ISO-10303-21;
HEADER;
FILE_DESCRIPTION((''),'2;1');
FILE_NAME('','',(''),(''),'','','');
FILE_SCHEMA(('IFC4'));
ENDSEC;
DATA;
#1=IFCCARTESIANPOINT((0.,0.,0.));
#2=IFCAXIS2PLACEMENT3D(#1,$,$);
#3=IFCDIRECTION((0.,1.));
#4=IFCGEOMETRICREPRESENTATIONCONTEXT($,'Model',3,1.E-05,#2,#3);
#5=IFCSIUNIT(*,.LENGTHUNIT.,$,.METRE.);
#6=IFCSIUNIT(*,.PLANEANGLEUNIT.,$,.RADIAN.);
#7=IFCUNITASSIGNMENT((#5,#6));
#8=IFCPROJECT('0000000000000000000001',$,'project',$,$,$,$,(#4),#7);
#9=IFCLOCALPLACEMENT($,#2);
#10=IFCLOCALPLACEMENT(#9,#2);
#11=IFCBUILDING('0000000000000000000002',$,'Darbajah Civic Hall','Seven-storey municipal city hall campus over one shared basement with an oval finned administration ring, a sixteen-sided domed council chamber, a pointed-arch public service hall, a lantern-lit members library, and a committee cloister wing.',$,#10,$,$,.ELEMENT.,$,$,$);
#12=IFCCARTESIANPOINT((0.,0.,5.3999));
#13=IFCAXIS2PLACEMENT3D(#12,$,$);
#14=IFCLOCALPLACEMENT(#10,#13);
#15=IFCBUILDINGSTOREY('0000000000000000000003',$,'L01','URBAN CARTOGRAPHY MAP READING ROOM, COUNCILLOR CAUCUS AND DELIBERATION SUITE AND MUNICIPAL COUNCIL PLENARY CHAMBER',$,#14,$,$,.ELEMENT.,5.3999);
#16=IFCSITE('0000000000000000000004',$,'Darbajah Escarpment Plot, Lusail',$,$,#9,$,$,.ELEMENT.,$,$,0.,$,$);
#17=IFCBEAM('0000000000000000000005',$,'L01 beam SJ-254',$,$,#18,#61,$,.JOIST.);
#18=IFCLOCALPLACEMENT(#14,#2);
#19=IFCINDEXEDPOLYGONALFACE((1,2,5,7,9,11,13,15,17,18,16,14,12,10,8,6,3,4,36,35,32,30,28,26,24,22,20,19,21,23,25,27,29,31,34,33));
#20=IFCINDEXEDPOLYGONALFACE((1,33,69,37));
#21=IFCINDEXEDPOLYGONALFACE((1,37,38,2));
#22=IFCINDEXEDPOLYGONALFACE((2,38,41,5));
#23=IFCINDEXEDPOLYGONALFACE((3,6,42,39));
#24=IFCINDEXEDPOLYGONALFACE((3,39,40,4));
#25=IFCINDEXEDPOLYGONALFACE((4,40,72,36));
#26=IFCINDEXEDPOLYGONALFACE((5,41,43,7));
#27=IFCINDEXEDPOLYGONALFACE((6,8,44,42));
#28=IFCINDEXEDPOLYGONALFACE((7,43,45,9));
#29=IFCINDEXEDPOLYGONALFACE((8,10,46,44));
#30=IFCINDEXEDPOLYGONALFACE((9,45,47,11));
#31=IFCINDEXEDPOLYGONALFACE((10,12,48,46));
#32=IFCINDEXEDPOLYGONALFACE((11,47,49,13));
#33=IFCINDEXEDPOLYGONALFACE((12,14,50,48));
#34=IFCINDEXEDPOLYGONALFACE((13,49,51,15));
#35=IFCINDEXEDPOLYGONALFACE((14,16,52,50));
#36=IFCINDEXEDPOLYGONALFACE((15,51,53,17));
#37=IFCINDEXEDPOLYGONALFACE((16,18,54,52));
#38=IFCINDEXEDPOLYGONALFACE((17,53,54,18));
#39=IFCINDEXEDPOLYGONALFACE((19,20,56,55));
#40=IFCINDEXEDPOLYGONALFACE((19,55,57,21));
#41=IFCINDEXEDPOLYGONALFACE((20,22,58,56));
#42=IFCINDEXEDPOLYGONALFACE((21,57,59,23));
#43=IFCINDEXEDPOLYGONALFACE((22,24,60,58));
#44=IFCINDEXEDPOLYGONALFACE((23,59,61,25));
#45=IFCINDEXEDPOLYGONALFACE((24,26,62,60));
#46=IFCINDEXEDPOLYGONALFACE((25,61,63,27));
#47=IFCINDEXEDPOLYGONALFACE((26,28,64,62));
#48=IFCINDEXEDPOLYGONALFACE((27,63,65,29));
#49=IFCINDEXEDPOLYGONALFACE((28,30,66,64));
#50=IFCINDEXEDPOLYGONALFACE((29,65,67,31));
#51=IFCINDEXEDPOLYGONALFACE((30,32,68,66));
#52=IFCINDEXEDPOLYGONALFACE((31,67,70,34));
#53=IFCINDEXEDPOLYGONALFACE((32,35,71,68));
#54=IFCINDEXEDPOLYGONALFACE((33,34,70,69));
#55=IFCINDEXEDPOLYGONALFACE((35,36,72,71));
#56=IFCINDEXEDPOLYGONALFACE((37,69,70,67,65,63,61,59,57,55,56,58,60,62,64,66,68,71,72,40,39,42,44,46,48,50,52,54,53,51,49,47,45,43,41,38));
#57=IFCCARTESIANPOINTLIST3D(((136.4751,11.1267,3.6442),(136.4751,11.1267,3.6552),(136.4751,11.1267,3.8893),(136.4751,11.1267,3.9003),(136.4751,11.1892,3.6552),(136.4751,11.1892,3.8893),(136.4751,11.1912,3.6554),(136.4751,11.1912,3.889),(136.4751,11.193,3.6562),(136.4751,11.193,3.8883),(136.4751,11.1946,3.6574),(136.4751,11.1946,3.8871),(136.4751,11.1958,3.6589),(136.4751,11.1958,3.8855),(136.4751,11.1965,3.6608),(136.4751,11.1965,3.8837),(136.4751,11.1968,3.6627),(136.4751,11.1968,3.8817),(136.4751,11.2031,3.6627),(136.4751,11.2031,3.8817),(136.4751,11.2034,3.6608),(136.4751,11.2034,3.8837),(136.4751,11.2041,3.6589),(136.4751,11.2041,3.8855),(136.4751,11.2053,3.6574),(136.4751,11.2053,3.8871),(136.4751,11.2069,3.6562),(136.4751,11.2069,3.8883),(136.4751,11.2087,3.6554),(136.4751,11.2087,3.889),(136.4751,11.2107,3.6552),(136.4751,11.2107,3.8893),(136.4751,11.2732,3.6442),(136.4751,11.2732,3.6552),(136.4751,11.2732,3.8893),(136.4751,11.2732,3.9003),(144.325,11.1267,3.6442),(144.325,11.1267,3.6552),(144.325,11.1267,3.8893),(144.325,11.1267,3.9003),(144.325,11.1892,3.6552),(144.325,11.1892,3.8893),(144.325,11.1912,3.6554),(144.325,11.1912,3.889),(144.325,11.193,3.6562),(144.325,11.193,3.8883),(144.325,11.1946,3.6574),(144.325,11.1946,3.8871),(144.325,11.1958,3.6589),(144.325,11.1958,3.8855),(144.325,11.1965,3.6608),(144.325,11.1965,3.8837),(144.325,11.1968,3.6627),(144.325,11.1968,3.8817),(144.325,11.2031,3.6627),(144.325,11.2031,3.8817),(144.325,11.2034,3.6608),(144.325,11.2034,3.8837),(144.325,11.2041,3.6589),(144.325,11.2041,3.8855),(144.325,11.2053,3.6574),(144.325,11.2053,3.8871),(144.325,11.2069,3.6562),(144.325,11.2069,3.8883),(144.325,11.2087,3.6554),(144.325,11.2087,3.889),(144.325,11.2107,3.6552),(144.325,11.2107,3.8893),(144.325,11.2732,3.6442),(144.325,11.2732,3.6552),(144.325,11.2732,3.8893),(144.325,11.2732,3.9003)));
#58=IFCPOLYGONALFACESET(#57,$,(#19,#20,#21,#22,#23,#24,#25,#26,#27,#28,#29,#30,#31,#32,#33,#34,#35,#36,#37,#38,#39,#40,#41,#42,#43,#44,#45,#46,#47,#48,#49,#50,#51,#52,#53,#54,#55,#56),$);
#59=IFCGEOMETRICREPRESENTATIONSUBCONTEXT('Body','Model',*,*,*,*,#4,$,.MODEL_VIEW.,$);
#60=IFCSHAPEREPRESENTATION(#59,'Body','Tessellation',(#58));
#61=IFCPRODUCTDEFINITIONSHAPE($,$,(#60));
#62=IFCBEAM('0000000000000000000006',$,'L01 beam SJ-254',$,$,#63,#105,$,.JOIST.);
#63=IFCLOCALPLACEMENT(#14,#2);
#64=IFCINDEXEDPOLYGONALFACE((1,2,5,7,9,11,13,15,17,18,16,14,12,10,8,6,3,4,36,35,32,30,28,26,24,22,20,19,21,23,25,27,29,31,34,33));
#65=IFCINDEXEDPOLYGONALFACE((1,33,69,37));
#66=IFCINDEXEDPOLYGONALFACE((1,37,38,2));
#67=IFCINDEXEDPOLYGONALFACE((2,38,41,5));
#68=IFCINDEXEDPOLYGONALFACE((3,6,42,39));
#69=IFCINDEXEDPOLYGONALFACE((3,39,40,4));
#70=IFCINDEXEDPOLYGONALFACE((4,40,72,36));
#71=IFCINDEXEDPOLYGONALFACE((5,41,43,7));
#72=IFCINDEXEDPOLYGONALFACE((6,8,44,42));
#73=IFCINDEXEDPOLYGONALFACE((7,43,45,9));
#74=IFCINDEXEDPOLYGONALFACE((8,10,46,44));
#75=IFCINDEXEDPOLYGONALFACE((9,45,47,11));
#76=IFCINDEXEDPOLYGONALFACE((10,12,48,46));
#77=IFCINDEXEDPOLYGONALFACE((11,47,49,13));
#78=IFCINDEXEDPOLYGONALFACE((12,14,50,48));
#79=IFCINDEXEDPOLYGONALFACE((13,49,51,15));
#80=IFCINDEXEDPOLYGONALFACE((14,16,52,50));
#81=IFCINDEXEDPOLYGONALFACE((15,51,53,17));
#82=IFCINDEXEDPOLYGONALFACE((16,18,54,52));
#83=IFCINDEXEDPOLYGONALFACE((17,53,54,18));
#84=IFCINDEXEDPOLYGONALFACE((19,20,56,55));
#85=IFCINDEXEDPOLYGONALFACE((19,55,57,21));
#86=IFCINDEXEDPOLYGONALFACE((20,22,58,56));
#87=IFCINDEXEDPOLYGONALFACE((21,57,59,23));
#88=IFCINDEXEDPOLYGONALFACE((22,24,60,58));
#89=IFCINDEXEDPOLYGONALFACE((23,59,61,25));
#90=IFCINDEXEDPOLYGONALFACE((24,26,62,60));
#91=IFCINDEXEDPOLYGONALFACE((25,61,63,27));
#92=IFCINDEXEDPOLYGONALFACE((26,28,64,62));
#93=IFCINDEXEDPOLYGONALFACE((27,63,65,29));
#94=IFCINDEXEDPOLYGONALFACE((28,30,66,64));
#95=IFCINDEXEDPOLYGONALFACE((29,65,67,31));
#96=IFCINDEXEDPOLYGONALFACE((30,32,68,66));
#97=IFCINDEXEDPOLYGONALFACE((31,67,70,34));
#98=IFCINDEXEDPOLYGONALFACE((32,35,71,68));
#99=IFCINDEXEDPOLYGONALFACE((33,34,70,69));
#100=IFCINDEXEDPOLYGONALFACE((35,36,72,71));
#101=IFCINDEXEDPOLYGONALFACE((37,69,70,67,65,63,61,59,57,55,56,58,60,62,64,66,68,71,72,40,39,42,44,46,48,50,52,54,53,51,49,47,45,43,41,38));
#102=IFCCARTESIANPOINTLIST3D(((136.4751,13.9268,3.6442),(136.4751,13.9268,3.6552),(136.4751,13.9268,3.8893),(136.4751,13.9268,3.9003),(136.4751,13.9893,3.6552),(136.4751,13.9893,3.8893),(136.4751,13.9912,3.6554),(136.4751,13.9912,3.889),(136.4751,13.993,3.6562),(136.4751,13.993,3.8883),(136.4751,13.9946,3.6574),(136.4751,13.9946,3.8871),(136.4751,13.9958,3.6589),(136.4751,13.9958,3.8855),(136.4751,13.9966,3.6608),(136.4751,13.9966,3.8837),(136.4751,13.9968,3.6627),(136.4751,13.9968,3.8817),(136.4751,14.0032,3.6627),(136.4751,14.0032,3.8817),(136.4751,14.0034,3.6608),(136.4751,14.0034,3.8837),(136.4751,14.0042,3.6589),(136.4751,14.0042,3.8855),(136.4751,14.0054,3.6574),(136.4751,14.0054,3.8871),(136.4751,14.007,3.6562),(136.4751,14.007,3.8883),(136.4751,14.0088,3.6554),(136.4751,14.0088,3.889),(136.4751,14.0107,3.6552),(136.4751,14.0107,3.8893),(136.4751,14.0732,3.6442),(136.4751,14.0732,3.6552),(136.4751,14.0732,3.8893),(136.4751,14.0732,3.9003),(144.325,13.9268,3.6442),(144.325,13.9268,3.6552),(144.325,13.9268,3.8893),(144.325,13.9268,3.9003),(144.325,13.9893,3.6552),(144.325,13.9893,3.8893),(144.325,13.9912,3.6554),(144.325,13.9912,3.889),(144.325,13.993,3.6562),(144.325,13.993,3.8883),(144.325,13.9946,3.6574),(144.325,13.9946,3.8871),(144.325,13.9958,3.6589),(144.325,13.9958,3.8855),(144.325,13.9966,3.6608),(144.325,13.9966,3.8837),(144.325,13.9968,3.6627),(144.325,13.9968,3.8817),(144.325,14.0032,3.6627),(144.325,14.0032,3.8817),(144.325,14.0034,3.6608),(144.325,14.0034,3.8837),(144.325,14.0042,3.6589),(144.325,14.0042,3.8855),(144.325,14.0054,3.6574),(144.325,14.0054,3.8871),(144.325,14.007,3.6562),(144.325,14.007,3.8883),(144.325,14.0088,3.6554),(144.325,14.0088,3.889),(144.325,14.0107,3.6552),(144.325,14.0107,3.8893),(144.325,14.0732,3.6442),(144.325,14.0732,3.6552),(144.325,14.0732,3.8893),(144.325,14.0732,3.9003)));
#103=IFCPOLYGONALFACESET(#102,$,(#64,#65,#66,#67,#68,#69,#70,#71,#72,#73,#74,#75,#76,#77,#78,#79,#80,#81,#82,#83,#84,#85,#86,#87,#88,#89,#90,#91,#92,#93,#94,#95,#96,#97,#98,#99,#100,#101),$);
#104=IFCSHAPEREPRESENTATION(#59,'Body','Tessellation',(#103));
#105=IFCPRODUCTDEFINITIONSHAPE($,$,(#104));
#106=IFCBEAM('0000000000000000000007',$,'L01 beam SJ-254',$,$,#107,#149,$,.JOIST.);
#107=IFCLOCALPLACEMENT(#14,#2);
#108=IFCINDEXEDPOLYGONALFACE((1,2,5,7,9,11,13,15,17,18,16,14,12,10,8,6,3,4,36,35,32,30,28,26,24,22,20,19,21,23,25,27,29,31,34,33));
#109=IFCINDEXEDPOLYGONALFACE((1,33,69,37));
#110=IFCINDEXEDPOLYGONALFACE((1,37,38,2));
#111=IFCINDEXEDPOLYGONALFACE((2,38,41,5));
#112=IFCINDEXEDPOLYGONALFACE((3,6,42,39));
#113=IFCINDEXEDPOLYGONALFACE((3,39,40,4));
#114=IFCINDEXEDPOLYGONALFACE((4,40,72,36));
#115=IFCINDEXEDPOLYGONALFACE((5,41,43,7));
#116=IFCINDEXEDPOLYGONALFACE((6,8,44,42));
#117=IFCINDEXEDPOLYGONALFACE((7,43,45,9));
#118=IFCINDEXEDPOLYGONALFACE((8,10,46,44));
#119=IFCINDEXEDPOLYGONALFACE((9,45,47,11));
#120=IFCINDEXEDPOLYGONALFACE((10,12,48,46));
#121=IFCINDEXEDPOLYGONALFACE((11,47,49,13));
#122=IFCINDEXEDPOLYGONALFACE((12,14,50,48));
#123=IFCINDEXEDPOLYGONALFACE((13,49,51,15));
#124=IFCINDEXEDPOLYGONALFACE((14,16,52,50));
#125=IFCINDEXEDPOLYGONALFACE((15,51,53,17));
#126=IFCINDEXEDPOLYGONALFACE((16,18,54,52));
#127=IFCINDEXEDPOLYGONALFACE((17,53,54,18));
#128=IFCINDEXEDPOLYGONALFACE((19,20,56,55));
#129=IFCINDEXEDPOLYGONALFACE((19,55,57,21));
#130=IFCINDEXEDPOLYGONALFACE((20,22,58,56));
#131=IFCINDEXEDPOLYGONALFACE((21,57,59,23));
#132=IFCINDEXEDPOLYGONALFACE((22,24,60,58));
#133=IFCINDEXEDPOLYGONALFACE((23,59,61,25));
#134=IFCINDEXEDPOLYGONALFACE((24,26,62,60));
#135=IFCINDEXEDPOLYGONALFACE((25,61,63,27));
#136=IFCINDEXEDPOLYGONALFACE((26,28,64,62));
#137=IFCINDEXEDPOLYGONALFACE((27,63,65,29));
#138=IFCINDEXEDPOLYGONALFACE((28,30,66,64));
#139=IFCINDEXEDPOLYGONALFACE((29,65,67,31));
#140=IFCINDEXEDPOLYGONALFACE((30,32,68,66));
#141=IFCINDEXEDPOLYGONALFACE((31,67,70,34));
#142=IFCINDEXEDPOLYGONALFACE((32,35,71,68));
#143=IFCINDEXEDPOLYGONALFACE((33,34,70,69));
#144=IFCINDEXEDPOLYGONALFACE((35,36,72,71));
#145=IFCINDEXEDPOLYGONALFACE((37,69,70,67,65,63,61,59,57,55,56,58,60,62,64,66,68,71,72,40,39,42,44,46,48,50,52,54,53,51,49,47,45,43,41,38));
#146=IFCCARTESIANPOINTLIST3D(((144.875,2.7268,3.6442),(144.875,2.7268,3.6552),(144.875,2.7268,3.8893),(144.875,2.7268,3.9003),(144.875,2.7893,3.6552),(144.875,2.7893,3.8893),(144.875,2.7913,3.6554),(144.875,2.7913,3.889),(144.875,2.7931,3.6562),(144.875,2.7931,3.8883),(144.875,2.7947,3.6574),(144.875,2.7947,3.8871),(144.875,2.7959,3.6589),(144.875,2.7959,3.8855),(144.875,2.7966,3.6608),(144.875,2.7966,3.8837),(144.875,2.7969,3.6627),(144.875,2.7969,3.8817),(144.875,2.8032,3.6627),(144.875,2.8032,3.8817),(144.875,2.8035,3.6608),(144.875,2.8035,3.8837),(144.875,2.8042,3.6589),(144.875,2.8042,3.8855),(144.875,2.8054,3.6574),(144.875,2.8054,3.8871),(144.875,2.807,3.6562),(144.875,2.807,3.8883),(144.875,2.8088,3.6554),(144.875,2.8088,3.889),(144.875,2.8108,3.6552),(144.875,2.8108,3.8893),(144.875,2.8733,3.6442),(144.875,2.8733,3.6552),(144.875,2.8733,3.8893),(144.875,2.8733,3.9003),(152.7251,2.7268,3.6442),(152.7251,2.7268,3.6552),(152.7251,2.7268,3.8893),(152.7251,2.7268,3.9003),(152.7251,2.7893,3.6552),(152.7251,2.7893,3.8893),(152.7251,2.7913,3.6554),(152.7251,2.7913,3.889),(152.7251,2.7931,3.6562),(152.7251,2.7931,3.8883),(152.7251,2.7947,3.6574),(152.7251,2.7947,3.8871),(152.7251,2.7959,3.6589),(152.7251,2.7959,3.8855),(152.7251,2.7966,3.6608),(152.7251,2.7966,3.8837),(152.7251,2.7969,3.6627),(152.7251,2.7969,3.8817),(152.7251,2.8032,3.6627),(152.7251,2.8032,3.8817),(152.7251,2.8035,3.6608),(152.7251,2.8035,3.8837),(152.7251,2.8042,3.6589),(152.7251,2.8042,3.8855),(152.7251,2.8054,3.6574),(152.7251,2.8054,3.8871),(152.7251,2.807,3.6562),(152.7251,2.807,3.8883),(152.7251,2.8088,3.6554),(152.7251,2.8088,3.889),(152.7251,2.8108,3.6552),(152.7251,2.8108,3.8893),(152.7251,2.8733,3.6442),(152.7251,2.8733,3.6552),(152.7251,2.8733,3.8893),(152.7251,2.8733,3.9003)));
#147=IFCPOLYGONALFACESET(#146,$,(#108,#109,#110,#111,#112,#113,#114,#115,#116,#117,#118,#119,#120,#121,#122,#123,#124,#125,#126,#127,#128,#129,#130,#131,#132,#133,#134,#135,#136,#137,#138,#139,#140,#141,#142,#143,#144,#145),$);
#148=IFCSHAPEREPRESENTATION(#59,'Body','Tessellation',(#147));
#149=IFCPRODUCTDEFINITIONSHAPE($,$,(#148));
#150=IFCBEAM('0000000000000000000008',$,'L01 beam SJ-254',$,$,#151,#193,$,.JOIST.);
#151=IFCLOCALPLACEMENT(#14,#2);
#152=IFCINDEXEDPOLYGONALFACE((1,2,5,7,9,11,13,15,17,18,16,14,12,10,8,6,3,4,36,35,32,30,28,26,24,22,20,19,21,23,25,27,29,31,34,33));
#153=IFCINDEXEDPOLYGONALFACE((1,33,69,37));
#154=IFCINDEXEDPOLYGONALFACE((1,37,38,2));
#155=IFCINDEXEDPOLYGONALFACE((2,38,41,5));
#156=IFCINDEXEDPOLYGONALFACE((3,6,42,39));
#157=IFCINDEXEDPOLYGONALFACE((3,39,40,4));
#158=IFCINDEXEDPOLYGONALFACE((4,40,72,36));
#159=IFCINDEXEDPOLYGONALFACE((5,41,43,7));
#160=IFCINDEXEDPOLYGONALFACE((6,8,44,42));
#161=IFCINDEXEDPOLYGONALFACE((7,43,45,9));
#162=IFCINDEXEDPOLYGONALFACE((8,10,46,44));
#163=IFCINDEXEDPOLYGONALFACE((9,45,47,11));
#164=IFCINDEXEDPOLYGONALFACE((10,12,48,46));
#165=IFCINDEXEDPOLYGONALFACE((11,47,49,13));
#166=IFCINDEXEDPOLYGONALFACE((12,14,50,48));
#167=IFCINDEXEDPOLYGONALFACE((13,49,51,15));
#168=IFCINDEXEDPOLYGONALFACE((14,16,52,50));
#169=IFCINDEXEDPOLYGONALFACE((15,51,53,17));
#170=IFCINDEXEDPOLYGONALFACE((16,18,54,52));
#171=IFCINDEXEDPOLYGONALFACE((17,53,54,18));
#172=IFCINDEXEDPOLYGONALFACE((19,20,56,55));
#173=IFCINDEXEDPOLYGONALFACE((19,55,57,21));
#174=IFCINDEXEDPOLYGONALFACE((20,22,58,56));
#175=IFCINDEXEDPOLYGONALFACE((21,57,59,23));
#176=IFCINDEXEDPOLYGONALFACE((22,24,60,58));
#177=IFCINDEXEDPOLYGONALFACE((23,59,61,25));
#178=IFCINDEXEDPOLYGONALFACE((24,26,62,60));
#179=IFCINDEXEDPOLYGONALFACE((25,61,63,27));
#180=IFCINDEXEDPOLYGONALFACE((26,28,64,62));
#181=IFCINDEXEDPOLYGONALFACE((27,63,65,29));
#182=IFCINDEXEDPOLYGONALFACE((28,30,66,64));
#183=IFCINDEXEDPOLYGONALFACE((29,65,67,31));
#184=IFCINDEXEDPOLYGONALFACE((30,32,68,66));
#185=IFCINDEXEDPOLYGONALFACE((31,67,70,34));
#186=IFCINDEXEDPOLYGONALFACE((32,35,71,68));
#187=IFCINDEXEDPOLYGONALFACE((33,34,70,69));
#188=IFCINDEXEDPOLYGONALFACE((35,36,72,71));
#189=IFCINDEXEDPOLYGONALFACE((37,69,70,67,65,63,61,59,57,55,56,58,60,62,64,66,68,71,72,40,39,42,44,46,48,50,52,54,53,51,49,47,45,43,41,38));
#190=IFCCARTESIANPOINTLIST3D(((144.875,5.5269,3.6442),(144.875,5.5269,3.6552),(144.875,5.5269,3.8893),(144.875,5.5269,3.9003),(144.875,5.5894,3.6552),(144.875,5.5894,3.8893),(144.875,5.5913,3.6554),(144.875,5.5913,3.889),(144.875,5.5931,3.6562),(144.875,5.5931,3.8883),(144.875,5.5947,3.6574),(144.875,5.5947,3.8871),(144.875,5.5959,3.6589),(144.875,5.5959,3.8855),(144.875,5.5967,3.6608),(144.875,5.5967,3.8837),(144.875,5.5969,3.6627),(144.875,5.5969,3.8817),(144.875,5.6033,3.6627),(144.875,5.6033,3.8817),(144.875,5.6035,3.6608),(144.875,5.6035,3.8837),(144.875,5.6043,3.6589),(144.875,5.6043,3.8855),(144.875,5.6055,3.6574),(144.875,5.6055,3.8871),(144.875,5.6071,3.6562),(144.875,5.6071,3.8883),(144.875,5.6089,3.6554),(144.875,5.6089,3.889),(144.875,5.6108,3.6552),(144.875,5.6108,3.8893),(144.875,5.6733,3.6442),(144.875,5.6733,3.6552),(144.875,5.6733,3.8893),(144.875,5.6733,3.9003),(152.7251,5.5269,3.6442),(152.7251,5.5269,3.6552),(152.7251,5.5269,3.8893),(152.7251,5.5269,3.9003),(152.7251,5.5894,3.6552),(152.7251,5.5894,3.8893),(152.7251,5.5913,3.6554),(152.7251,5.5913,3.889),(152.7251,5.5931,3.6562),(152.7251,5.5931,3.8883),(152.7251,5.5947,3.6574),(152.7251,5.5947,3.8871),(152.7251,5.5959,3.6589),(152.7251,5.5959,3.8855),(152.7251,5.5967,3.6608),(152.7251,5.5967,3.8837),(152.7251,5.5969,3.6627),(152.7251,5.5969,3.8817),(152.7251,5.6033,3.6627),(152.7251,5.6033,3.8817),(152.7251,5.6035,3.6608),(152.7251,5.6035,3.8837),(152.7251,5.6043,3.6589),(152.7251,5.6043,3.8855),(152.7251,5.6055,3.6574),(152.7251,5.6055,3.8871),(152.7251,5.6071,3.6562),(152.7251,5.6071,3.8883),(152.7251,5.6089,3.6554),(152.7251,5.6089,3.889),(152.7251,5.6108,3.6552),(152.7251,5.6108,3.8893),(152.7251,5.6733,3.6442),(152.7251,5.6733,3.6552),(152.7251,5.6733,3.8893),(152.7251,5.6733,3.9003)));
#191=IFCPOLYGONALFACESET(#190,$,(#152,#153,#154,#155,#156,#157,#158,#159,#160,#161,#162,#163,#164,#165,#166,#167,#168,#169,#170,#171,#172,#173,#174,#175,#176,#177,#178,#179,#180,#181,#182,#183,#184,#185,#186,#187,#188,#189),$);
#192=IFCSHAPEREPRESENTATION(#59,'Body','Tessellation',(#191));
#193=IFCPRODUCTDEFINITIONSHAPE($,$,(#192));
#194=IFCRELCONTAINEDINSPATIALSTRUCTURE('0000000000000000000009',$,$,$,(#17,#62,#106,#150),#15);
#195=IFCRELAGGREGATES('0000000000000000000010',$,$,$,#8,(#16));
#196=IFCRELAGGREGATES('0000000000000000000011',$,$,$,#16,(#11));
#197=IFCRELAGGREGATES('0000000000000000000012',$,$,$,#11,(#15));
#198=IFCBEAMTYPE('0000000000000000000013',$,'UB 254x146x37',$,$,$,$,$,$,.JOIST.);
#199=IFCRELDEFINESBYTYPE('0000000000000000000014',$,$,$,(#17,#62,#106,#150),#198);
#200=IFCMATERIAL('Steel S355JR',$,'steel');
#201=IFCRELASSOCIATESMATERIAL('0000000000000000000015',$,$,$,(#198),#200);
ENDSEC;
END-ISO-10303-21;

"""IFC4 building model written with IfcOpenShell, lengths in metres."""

from ifc_helpers import new_model, si_unit, direction, frame, origin, origin_2d, place, context, subcontext, project, spatial, i_section, extrude, material, material_profile, profile_set, type_object, element, save


model = new_model("IFC4")

# Units and contexts
model_context = context("Model", 3, precision=1e-05, world=origin(), true_north=direction((0.0, 1.0)))
body_context = subcontext(model_context, "Body", "Model", "MODEL_VIEW")
ifc_project = project(units=[si_unit("LENGTHUNIT", "METRE"), si_unit("PLANEANGLEUNIT", "RADIAN")], contexts=[model_context])

# Site, building, storey
site_placement = place(None, origin())
site = spatial("IfcSite", under=ifc_project, at=site_placement, Name="Darbajah Escarpment Plot, Lusail", CompositionType="ELEMENT", RefElevation=0.0)
building_placement = place(site_placement, origin())
building = spatial("IfcBuilding", under=site, at=building_placement, Name="Darbajah Civic Hall", Description="Seven-storey municipal city hall campus over one shared basement with an oval finned administration ring, a sixteen-sided domed council chamber, a pointed-arch public service hall, a lantern-lit members library, and a committee cloister wing.", CompositionType="ELEMENT")
storey_placement = place(building_placement, frame((0.0, 0.0, 5.3999)))
storey = spatial("IfcBuildingStorey", under=building, at=storey_placement, Name="L01", Description="URBAN CARTOGRAPHY MAP READING ROOM, COUNCILLOR CAUCUS AND DELIBERATION SUITE AND MUNICIPAL COUNCIL PLENARY CHAMBER", CompositionType="ELEMENT", Elevation=5.3999)

# Beams
ifc_material_1 = material(Name="Steel S355JR", Category="steel")
ifc_material_profile_1 = material_profile(ifc_material_1, i_section(OverallWidth=0.1465, OverallDepth=0.2561, WebThickness=0.0063, FlangeThickness=0.011, FilletRadius=0.0076, at=origin_2d()), Name="UB 254x146x37")
ifc_profile_set_1 = profile_set([ifc_material_profile_1], Name="Steel S355JR")
beam_type_1 = type_object("IfcBeamType", Name="UB 254x146x37", PredefinedType="JOIST", material=ifc_profile_set_1)
for number, where, z_axis, x_axis, name in (
    (1, (136.4751, 11.2, 3.7722), (1.0, 0.0, 0.0), (0.0, 1.0, 0.0), "L01 beam SJ-254"),
    (2, (136.4751, 14.0, 3.7722), (1.0, 0.0, 0.0), (0.0, 1.0, 0.0), "L01 beam SJ-254"),
):
    element("IfcBeam", number, at=place(storey_placement, frame(where, z_axis=z_axis, x_axis=x_axis)), inside=storey, type_object=beam_type_1, Name=name, PredefinedType="JOIST", context=body_context, shape_type="SweptSolid", body=[
        extrude(i_section(OverallWidth=0.1465, OverallDepth=0.2561, WebThickness=0.0063, FlangeThickness=0.011, FilletRadius=0.0076, at=origin_2d()), origin(), (0.0, 0.0, 1.0), 7.8499),
    ])
for number, where, z_axis, x_axis, name in (
    (3, (144.875, 2.8, 3.7722), (1.0, 0.0, 0.0), (0.0, 1.0, 0.0), "L01 beam SJ-254"),
    (4, (144.875, 5.6001, 3.7722), (1.0, 0.0, 0.0), (0.0, 1.0, 0.0), "L01 beam SJ-254"),
):
    element("IfcBeam", number, at=place(storey_placement, frame(where, z_axis=z_axis, x_axis=x_axis)), inside=storey, type_object=beam_type_1, Name=name, PredefinedType="JOIST", context=body_context, shape_type="SweptSolid", body=[
        extrude(i_section(OverallWidth=0.1465, OverallDepth=0.2561, WebThickness=0.0063, FlangeThickness=0.011, FilletRadius=0.0076, at=origin_2d()), origin(), (0.0, 0.0, 1.0), 7.8501),
    ])

save(model, "model.ifc")
